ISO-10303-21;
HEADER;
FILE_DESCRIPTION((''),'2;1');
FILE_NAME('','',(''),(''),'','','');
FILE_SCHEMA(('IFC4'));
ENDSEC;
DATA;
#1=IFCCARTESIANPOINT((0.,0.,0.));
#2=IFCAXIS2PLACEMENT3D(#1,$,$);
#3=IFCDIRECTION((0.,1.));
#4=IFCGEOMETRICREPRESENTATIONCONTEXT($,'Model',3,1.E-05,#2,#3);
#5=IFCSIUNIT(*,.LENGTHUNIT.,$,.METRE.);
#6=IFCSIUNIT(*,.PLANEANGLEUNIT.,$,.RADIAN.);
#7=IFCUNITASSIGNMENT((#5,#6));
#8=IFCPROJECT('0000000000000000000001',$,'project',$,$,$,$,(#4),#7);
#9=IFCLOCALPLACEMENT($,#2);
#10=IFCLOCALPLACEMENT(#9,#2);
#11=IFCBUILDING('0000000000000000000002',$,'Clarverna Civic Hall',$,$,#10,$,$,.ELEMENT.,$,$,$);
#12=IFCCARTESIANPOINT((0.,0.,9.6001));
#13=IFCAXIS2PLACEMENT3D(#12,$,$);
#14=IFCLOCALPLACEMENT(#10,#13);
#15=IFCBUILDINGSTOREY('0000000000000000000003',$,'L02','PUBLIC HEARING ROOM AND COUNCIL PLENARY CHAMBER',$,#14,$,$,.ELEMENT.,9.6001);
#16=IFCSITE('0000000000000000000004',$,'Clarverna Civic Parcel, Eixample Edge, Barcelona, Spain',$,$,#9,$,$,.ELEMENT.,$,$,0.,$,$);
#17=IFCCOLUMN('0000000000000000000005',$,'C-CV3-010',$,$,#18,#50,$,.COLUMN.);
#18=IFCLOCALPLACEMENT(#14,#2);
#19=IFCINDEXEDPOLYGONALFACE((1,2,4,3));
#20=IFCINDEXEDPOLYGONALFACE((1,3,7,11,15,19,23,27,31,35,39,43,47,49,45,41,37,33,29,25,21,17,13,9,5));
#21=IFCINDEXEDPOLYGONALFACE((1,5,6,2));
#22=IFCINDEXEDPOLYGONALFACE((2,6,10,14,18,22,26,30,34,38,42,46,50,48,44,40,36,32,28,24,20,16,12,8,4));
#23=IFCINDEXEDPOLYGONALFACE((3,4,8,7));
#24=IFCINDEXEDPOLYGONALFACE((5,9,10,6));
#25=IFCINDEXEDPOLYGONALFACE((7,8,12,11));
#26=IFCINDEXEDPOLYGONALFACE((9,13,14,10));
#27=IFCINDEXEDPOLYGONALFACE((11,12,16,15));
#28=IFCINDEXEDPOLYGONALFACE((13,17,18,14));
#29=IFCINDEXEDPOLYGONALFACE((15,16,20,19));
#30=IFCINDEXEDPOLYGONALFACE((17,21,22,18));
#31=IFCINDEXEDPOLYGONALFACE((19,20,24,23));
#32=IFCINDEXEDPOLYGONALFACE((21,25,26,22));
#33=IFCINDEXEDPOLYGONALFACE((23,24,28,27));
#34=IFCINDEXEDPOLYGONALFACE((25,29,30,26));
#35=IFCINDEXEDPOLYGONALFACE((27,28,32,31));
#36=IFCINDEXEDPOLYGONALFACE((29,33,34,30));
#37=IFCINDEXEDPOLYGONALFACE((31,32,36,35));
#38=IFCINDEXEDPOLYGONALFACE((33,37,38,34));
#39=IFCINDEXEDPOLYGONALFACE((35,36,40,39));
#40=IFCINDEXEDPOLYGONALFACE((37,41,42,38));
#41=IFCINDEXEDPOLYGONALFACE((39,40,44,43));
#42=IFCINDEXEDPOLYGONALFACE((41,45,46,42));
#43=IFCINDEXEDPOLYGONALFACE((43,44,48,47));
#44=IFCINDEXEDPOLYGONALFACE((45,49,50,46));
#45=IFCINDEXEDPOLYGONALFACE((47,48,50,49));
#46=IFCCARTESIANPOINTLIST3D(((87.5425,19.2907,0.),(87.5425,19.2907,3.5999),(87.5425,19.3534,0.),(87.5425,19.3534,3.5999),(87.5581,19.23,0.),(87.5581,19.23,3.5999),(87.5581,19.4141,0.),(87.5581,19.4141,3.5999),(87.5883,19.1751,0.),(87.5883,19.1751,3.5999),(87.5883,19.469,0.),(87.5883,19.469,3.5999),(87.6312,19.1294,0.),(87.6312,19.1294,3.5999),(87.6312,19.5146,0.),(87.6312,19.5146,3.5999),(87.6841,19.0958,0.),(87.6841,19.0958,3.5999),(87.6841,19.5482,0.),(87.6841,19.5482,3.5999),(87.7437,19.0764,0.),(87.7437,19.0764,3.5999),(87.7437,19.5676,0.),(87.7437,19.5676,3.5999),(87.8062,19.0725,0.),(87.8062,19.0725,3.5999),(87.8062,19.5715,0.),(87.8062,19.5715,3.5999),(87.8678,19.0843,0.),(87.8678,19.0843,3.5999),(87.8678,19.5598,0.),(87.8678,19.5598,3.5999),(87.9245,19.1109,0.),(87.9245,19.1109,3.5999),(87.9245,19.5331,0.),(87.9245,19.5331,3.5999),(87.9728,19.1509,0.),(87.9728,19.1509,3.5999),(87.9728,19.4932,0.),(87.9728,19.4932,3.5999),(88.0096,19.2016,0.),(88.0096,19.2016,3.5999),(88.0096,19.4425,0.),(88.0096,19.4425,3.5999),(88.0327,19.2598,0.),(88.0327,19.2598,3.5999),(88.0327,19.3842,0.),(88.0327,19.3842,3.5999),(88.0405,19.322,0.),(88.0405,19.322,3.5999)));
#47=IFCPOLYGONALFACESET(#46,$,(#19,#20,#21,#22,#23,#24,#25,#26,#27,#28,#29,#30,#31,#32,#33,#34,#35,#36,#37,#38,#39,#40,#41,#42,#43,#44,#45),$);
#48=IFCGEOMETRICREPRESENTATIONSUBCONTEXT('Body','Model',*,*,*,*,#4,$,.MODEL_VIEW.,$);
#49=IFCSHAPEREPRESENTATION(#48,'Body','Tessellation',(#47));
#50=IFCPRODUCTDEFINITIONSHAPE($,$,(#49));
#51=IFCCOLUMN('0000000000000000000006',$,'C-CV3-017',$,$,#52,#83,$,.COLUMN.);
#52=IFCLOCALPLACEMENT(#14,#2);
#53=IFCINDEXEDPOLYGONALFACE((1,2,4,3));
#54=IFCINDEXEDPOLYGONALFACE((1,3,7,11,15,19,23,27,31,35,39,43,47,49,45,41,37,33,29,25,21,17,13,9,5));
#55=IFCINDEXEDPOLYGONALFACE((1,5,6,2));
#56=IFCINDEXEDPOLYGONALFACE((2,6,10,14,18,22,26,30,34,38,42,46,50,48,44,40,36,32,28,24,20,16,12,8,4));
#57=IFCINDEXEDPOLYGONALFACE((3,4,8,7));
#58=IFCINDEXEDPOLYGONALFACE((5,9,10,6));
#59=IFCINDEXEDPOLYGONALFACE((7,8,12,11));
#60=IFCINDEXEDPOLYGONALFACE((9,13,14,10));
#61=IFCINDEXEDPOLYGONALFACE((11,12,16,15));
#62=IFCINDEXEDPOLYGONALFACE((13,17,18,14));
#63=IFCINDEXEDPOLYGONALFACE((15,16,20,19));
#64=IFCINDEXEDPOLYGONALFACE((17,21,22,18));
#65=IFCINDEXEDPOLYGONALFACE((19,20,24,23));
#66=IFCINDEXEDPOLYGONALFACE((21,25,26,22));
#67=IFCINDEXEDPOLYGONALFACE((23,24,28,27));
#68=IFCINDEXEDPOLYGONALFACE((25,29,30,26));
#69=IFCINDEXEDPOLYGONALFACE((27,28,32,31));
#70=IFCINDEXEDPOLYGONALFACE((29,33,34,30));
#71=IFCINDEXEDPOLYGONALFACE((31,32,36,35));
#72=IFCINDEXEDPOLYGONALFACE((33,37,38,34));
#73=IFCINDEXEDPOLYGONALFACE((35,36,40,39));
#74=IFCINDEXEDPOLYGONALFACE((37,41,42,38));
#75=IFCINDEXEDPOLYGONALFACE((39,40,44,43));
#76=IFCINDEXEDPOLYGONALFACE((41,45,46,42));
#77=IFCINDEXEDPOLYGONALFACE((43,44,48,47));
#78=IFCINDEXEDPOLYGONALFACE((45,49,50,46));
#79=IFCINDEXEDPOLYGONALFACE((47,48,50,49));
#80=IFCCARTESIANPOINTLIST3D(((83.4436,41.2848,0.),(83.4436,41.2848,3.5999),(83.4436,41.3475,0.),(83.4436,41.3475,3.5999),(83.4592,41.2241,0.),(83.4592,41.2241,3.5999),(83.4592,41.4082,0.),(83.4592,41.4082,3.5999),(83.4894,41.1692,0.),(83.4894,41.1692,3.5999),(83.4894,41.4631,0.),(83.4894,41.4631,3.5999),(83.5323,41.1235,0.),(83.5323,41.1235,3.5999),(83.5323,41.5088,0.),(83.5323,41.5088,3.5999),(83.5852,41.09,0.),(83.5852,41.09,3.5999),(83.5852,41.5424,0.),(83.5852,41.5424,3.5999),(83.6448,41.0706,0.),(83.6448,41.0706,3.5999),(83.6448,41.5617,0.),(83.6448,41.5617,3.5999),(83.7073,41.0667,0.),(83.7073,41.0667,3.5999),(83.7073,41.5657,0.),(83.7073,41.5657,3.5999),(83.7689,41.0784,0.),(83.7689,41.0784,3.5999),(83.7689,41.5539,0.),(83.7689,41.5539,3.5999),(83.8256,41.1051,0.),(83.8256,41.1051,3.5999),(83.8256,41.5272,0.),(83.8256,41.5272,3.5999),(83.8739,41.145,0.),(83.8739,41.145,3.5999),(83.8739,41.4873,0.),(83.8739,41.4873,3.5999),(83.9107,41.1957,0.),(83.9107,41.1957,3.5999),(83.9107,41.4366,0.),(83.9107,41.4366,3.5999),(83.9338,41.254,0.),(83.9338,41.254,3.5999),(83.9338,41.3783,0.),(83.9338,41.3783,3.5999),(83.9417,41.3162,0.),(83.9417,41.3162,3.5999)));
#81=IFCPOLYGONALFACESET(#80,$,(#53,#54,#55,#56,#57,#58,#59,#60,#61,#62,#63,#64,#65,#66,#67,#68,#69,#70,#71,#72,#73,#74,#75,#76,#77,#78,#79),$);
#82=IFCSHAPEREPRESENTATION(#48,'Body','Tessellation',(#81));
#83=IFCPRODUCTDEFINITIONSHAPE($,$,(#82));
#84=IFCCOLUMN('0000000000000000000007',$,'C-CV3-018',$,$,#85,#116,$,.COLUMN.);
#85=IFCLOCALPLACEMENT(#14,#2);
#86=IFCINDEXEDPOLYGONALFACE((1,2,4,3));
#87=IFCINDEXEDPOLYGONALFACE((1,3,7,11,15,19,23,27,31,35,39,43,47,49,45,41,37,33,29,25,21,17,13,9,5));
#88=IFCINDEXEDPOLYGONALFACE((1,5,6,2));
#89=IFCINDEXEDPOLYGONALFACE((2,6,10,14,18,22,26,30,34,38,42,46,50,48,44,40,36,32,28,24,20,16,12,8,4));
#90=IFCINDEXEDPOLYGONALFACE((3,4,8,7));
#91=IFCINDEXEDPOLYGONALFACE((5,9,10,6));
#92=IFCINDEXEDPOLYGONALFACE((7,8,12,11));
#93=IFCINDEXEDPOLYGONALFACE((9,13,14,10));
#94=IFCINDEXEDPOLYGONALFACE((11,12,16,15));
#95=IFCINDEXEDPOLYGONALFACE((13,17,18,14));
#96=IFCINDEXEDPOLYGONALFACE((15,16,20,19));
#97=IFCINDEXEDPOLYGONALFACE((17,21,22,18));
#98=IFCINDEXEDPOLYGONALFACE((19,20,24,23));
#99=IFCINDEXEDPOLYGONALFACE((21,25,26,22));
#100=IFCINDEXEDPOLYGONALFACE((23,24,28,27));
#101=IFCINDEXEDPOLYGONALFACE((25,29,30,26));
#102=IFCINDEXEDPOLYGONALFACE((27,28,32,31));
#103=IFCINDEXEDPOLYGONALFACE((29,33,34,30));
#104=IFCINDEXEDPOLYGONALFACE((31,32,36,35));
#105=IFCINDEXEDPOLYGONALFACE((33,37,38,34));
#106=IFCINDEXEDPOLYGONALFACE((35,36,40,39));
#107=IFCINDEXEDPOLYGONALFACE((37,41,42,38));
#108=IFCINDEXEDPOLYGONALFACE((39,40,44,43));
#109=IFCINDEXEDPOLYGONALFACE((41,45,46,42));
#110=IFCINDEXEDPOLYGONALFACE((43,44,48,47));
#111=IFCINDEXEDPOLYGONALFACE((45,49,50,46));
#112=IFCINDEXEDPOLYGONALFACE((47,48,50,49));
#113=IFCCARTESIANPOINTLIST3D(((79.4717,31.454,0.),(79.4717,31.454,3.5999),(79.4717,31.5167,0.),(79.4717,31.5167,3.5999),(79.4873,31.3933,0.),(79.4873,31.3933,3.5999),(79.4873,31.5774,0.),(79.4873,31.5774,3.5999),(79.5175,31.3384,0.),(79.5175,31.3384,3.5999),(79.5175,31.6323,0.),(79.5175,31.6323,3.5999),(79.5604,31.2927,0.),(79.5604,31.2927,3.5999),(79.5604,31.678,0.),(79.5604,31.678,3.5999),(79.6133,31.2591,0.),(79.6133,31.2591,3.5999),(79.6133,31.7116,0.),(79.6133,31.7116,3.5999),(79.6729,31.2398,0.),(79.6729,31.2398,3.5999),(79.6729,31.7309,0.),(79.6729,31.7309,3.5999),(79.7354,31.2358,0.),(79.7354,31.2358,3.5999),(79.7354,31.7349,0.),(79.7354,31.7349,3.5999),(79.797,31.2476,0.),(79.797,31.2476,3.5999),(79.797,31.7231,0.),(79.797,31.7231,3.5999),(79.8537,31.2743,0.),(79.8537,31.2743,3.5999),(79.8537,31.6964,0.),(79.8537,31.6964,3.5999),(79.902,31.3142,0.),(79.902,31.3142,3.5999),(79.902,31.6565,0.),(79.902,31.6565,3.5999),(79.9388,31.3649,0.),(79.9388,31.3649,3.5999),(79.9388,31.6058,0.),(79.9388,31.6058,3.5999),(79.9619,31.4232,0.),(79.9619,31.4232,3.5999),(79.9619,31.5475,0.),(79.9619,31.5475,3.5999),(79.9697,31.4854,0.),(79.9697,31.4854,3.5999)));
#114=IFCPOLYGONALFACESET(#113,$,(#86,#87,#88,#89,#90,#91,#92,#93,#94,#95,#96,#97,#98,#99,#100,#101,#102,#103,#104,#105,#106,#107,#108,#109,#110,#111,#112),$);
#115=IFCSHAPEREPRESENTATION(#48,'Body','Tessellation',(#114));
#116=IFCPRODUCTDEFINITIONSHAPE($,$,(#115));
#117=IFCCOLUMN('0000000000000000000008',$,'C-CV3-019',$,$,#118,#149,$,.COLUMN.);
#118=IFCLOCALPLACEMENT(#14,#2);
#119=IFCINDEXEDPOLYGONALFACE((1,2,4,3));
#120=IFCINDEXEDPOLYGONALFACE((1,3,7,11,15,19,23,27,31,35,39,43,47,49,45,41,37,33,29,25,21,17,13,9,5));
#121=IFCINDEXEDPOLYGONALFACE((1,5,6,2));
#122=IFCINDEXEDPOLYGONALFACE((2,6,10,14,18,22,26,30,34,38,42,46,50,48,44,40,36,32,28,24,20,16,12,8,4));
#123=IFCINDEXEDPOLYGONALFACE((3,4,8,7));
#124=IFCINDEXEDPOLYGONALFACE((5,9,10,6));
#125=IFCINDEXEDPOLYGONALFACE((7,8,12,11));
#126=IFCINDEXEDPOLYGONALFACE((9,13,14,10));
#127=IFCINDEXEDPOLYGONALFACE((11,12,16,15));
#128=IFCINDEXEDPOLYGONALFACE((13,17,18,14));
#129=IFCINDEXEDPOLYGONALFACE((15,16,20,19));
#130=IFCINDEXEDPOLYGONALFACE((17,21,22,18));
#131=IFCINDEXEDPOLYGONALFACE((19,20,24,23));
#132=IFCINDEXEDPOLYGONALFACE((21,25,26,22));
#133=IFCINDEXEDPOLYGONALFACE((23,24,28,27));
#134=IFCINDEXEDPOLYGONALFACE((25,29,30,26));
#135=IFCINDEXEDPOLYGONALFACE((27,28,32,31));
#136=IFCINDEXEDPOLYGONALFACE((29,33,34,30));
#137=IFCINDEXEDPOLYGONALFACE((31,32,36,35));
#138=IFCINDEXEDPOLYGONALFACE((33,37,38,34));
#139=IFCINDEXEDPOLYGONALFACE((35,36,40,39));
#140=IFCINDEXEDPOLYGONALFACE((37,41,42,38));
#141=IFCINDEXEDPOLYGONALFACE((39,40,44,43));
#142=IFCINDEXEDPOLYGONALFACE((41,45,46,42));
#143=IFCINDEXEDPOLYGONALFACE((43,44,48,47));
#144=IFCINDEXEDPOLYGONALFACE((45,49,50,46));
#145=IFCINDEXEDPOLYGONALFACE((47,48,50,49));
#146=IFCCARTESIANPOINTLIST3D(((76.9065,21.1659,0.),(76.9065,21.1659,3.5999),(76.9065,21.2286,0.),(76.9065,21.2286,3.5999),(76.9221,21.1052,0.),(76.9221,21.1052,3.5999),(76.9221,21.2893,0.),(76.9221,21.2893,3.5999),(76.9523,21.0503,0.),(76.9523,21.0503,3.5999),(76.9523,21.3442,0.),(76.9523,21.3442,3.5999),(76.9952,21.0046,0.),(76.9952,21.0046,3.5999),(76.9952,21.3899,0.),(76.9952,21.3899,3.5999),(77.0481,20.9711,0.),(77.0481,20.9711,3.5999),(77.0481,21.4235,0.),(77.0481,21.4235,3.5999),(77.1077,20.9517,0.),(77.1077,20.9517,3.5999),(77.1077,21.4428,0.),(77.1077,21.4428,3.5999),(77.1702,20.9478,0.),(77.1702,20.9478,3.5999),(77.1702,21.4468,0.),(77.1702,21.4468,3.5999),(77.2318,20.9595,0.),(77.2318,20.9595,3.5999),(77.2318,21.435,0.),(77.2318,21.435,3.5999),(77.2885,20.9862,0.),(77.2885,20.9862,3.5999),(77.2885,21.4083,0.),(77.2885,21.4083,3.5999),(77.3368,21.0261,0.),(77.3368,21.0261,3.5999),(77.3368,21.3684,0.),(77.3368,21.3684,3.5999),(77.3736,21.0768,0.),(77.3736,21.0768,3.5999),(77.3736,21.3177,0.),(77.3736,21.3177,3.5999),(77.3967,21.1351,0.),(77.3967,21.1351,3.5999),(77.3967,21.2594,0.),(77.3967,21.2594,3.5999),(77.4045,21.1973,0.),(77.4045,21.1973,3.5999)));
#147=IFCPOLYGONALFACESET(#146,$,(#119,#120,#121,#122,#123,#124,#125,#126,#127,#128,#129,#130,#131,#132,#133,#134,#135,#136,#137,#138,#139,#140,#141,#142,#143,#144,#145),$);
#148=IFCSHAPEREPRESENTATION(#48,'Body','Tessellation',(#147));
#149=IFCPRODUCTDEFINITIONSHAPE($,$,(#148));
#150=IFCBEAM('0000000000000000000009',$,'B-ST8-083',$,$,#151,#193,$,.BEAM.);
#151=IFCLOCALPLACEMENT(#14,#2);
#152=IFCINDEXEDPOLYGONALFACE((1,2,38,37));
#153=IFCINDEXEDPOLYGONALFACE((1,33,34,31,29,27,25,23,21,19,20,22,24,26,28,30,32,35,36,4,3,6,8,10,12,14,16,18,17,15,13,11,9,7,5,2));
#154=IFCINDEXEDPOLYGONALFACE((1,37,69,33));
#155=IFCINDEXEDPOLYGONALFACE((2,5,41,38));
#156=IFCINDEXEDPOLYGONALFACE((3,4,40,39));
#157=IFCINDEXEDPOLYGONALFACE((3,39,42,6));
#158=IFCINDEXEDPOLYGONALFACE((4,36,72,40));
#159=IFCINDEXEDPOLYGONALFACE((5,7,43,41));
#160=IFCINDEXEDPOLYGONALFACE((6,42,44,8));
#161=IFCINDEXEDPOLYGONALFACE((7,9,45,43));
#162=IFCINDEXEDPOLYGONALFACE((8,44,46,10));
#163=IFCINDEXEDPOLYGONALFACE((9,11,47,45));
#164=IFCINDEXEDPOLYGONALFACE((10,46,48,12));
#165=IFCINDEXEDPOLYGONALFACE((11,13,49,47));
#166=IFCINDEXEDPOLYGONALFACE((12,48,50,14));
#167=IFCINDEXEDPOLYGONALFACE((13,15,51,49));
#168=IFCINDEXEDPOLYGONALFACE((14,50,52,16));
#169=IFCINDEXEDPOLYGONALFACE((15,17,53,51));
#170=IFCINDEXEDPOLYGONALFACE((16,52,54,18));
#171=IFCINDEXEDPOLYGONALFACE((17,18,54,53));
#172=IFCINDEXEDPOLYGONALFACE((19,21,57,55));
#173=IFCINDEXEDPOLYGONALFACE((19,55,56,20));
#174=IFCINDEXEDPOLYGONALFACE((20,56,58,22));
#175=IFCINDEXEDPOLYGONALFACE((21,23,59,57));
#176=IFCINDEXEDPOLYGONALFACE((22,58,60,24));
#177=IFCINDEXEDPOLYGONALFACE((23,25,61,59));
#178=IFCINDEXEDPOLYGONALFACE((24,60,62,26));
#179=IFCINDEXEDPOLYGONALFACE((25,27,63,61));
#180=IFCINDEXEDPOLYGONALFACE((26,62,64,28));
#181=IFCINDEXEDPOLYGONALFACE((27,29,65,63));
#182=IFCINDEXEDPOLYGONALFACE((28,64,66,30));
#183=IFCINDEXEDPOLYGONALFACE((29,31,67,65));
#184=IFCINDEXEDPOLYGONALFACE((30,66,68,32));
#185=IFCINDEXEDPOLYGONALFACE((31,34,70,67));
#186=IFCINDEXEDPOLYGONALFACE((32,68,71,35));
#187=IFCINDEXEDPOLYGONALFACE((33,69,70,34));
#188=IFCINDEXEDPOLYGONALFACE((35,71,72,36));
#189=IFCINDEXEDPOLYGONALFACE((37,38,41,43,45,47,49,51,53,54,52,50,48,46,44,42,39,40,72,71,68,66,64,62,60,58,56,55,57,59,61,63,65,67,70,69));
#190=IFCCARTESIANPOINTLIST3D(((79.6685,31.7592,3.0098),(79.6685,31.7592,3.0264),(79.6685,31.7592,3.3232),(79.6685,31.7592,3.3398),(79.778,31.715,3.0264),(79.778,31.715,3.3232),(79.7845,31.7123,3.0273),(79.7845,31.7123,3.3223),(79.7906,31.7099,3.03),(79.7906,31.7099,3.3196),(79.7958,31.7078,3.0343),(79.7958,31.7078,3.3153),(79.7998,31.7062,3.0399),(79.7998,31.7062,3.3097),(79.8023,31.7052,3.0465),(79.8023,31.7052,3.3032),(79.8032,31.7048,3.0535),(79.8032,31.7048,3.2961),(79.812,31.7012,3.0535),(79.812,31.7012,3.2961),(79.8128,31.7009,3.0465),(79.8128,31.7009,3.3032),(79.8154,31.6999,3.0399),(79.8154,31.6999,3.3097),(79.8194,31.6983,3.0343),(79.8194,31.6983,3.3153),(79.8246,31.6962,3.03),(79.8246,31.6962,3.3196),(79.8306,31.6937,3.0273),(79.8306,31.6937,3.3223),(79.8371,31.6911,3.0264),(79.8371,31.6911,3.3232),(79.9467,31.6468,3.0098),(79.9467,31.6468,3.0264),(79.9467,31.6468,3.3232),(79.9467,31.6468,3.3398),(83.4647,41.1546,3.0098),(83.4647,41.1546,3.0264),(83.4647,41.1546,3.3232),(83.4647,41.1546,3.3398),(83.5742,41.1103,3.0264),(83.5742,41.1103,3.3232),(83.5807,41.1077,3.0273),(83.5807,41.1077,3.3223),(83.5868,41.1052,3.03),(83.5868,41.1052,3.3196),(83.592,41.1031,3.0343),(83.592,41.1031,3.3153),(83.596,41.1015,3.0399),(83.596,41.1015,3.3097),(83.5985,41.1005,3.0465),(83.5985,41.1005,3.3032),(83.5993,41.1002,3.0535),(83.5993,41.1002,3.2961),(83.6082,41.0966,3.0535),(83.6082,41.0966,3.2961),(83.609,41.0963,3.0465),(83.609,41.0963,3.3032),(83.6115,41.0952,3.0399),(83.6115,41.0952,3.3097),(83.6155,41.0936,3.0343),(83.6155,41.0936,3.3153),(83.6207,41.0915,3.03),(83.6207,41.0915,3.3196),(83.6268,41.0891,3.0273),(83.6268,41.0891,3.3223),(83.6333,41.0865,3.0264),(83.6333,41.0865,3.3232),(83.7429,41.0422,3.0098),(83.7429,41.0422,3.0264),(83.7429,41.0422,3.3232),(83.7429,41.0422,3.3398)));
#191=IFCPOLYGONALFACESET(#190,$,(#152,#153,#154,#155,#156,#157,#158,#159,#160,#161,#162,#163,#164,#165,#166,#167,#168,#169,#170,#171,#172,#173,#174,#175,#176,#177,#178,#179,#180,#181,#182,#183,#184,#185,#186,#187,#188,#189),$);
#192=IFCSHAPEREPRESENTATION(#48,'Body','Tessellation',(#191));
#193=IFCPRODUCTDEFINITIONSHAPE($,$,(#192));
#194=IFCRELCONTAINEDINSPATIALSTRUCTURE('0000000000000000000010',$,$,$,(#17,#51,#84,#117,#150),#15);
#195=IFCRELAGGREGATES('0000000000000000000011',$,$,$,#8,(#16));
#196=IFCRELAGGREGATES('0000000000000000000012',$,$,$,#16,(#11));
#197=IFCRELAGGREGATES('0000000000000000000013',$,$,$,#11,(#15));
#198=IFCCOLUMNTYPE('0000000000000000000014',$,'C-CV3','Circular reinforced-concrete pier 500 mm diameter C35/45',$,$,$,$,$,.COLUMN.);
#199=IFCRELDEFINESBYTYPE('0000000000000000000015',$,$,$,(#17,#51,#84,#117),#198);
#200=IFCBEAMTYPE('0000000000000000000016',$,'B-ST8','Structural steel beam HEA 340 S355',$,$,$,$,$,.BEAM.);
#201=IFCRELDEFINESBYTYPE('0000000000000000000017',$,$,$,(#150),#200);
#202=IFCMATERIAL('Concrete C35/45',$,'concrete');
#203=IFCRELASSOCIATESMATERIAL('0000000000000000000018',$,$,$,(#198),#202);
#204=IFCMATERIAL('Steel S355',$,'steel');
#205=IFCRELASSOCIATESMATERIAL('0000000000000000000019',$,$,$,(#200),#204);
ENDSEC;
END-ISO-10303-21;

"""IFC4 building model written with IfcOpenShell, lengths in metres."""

from ifc_helpers import new_model, si_unit, direction, frame, origin, origin_2d, place, context, subcontext, project, spatial, circle, i_section, extrude, material, material_profile, profile_set, type_object, element, save


model = new_model("IFC4")

# Units and contexts
model_context = context("Model", 3, precision=1e-05, world=origin(), true_north=direction((0.0, 1.0)))
body_context = subcontext(model_context, "Body", "Model", "MODEL_VIEW")
ifc_project = project(units=[si_unit("LENGTHUNIT", "METRE"), si_unit("PLANEANGLEUNIT", "RADIAN")], contexts=[model_context])

# Site, building, storey
site_placement = place(None, origin())
site = spatial("IfcSite", under=ifc_project, at=site_placement, Name="Clarverna Civic Parcel, Eixample Edge, Barcelona, Spain", CompositionType="ELEMENT", RefElevation=0.0)
building_placement = place(site_placement, origin())
building = spatial("IfcBuilding", under=site, at=building_placement, Name="Clarverna Civic Hall", CompositionType="ELEMENT")
storey_placement = place(building_placement, frame((0.0, 0.0, 9.6001)))
storey = spatial("IfcBuildingStorey", under=building, at=storey_placement, Name="L02", Description="PUBLIC HEARING ROOM AND COUNCIL PLENARY CHAMBER", CompositionType="ELEMENT", Elevation=9.6001)

# Columns
ifc_material_1 = material(Name="Concrete C35/45", Category="concrete")
ifc_material_profile_1 = material_profile(ifc_material_1, circle(Radius=0.25, at=origin_2d()), Name="RC D500")
ifc_profile_set_1 = profile_set([ifc_material_profile_1], Name="Concrete C35/45")
column_type = type_object("IfcColumnType", Name="C-CV3", Description="Circular reinforced-concrete pier 500 mm diameter C35/45", PredefinedType="COLUMN", material=ifc_profile_set_1)
for number, where, z_axis, x_axis, name in (
    (1, (87.7905, 19.322, 0.0), (0.0, 0.0, 1.0), (1.0, 0.0, 0.0), "C-CV3-010"),
    (2, (83.6917, 41.3162, 0.0), (0.0, 0.0, 1.0), (1.0, 0.0, 0.0), "C-CV3-017"),
    (3, (79.7197, 31.4854, 0.0), (0.0, 0.0, 1.0), (1.0, 0.0, 0.0), "C-CV3-018"),
    (4, (77.1545, 21.1973, 0.0), (0.0, 0.0, 1.0), (1.0, 0.0, 0.0), "C-CV3-019"),
):
    element("IfcColumn", number, at=place(storey_placement, frame(where, z_axis=z_axis, x_axis=x_axis)), inside=storey, type_object=column_type, Name=name, PredefinedType="COLUMN", context=body_context, shape_type="SweptSolid", body=[
        extrude(circle(Radius=0.25, at=origin_2d()), origin(), (0.0, 0.0, 1.0), 3.5999),
    ])

# Beam
ifc_material_2 = material(Name="Steel S355", Category="steel")
ifc_material_profile_2 = material_profile(ifc_material_2, i_section(OverallWidth=0.3, OverallDepth=0.3301, WebThickness=0.0095, FlangeThickness=0.0166, FilletRadius=0.0271, at=origin_2d()), Name="HEA 340")
ifc_profile_set_2 = profile_set([ifc_material_profile_2], Name="Steel S355")
beam_type_1 = type_object("IfcBeamType", Name="B-ST8", Description="Structural steel beam HEA 340 S355", PredefinedType="BEAM", material=ifc_profile_set_2)
beam_1_placement = place(storey_placement, frame((83.6038, 41.0984, 3.1748), z_axis=(-0.374624, -0.927177, 0.0), x_axis=(0.927177, -0.374624, 0.0)))
element("IfcBeam", 5, at=beam_1_placement, inside=storey, type_object=beam_type_1, Name="B-ST8-083", PredefinedType="BEAM", context=body_context, shape_type="SweptSolid", body=[
    extrude(i_section(OverallWidth=0.3, OverallDepth=0.3301, WebThickness=0.0095, FlangeThickness=0.0166, FilletRadius=0.0271, at=origin_2d()), origin(), (0.0, 0.0, 1.0), 10.1333),
])

save(model, "model.ifc")
